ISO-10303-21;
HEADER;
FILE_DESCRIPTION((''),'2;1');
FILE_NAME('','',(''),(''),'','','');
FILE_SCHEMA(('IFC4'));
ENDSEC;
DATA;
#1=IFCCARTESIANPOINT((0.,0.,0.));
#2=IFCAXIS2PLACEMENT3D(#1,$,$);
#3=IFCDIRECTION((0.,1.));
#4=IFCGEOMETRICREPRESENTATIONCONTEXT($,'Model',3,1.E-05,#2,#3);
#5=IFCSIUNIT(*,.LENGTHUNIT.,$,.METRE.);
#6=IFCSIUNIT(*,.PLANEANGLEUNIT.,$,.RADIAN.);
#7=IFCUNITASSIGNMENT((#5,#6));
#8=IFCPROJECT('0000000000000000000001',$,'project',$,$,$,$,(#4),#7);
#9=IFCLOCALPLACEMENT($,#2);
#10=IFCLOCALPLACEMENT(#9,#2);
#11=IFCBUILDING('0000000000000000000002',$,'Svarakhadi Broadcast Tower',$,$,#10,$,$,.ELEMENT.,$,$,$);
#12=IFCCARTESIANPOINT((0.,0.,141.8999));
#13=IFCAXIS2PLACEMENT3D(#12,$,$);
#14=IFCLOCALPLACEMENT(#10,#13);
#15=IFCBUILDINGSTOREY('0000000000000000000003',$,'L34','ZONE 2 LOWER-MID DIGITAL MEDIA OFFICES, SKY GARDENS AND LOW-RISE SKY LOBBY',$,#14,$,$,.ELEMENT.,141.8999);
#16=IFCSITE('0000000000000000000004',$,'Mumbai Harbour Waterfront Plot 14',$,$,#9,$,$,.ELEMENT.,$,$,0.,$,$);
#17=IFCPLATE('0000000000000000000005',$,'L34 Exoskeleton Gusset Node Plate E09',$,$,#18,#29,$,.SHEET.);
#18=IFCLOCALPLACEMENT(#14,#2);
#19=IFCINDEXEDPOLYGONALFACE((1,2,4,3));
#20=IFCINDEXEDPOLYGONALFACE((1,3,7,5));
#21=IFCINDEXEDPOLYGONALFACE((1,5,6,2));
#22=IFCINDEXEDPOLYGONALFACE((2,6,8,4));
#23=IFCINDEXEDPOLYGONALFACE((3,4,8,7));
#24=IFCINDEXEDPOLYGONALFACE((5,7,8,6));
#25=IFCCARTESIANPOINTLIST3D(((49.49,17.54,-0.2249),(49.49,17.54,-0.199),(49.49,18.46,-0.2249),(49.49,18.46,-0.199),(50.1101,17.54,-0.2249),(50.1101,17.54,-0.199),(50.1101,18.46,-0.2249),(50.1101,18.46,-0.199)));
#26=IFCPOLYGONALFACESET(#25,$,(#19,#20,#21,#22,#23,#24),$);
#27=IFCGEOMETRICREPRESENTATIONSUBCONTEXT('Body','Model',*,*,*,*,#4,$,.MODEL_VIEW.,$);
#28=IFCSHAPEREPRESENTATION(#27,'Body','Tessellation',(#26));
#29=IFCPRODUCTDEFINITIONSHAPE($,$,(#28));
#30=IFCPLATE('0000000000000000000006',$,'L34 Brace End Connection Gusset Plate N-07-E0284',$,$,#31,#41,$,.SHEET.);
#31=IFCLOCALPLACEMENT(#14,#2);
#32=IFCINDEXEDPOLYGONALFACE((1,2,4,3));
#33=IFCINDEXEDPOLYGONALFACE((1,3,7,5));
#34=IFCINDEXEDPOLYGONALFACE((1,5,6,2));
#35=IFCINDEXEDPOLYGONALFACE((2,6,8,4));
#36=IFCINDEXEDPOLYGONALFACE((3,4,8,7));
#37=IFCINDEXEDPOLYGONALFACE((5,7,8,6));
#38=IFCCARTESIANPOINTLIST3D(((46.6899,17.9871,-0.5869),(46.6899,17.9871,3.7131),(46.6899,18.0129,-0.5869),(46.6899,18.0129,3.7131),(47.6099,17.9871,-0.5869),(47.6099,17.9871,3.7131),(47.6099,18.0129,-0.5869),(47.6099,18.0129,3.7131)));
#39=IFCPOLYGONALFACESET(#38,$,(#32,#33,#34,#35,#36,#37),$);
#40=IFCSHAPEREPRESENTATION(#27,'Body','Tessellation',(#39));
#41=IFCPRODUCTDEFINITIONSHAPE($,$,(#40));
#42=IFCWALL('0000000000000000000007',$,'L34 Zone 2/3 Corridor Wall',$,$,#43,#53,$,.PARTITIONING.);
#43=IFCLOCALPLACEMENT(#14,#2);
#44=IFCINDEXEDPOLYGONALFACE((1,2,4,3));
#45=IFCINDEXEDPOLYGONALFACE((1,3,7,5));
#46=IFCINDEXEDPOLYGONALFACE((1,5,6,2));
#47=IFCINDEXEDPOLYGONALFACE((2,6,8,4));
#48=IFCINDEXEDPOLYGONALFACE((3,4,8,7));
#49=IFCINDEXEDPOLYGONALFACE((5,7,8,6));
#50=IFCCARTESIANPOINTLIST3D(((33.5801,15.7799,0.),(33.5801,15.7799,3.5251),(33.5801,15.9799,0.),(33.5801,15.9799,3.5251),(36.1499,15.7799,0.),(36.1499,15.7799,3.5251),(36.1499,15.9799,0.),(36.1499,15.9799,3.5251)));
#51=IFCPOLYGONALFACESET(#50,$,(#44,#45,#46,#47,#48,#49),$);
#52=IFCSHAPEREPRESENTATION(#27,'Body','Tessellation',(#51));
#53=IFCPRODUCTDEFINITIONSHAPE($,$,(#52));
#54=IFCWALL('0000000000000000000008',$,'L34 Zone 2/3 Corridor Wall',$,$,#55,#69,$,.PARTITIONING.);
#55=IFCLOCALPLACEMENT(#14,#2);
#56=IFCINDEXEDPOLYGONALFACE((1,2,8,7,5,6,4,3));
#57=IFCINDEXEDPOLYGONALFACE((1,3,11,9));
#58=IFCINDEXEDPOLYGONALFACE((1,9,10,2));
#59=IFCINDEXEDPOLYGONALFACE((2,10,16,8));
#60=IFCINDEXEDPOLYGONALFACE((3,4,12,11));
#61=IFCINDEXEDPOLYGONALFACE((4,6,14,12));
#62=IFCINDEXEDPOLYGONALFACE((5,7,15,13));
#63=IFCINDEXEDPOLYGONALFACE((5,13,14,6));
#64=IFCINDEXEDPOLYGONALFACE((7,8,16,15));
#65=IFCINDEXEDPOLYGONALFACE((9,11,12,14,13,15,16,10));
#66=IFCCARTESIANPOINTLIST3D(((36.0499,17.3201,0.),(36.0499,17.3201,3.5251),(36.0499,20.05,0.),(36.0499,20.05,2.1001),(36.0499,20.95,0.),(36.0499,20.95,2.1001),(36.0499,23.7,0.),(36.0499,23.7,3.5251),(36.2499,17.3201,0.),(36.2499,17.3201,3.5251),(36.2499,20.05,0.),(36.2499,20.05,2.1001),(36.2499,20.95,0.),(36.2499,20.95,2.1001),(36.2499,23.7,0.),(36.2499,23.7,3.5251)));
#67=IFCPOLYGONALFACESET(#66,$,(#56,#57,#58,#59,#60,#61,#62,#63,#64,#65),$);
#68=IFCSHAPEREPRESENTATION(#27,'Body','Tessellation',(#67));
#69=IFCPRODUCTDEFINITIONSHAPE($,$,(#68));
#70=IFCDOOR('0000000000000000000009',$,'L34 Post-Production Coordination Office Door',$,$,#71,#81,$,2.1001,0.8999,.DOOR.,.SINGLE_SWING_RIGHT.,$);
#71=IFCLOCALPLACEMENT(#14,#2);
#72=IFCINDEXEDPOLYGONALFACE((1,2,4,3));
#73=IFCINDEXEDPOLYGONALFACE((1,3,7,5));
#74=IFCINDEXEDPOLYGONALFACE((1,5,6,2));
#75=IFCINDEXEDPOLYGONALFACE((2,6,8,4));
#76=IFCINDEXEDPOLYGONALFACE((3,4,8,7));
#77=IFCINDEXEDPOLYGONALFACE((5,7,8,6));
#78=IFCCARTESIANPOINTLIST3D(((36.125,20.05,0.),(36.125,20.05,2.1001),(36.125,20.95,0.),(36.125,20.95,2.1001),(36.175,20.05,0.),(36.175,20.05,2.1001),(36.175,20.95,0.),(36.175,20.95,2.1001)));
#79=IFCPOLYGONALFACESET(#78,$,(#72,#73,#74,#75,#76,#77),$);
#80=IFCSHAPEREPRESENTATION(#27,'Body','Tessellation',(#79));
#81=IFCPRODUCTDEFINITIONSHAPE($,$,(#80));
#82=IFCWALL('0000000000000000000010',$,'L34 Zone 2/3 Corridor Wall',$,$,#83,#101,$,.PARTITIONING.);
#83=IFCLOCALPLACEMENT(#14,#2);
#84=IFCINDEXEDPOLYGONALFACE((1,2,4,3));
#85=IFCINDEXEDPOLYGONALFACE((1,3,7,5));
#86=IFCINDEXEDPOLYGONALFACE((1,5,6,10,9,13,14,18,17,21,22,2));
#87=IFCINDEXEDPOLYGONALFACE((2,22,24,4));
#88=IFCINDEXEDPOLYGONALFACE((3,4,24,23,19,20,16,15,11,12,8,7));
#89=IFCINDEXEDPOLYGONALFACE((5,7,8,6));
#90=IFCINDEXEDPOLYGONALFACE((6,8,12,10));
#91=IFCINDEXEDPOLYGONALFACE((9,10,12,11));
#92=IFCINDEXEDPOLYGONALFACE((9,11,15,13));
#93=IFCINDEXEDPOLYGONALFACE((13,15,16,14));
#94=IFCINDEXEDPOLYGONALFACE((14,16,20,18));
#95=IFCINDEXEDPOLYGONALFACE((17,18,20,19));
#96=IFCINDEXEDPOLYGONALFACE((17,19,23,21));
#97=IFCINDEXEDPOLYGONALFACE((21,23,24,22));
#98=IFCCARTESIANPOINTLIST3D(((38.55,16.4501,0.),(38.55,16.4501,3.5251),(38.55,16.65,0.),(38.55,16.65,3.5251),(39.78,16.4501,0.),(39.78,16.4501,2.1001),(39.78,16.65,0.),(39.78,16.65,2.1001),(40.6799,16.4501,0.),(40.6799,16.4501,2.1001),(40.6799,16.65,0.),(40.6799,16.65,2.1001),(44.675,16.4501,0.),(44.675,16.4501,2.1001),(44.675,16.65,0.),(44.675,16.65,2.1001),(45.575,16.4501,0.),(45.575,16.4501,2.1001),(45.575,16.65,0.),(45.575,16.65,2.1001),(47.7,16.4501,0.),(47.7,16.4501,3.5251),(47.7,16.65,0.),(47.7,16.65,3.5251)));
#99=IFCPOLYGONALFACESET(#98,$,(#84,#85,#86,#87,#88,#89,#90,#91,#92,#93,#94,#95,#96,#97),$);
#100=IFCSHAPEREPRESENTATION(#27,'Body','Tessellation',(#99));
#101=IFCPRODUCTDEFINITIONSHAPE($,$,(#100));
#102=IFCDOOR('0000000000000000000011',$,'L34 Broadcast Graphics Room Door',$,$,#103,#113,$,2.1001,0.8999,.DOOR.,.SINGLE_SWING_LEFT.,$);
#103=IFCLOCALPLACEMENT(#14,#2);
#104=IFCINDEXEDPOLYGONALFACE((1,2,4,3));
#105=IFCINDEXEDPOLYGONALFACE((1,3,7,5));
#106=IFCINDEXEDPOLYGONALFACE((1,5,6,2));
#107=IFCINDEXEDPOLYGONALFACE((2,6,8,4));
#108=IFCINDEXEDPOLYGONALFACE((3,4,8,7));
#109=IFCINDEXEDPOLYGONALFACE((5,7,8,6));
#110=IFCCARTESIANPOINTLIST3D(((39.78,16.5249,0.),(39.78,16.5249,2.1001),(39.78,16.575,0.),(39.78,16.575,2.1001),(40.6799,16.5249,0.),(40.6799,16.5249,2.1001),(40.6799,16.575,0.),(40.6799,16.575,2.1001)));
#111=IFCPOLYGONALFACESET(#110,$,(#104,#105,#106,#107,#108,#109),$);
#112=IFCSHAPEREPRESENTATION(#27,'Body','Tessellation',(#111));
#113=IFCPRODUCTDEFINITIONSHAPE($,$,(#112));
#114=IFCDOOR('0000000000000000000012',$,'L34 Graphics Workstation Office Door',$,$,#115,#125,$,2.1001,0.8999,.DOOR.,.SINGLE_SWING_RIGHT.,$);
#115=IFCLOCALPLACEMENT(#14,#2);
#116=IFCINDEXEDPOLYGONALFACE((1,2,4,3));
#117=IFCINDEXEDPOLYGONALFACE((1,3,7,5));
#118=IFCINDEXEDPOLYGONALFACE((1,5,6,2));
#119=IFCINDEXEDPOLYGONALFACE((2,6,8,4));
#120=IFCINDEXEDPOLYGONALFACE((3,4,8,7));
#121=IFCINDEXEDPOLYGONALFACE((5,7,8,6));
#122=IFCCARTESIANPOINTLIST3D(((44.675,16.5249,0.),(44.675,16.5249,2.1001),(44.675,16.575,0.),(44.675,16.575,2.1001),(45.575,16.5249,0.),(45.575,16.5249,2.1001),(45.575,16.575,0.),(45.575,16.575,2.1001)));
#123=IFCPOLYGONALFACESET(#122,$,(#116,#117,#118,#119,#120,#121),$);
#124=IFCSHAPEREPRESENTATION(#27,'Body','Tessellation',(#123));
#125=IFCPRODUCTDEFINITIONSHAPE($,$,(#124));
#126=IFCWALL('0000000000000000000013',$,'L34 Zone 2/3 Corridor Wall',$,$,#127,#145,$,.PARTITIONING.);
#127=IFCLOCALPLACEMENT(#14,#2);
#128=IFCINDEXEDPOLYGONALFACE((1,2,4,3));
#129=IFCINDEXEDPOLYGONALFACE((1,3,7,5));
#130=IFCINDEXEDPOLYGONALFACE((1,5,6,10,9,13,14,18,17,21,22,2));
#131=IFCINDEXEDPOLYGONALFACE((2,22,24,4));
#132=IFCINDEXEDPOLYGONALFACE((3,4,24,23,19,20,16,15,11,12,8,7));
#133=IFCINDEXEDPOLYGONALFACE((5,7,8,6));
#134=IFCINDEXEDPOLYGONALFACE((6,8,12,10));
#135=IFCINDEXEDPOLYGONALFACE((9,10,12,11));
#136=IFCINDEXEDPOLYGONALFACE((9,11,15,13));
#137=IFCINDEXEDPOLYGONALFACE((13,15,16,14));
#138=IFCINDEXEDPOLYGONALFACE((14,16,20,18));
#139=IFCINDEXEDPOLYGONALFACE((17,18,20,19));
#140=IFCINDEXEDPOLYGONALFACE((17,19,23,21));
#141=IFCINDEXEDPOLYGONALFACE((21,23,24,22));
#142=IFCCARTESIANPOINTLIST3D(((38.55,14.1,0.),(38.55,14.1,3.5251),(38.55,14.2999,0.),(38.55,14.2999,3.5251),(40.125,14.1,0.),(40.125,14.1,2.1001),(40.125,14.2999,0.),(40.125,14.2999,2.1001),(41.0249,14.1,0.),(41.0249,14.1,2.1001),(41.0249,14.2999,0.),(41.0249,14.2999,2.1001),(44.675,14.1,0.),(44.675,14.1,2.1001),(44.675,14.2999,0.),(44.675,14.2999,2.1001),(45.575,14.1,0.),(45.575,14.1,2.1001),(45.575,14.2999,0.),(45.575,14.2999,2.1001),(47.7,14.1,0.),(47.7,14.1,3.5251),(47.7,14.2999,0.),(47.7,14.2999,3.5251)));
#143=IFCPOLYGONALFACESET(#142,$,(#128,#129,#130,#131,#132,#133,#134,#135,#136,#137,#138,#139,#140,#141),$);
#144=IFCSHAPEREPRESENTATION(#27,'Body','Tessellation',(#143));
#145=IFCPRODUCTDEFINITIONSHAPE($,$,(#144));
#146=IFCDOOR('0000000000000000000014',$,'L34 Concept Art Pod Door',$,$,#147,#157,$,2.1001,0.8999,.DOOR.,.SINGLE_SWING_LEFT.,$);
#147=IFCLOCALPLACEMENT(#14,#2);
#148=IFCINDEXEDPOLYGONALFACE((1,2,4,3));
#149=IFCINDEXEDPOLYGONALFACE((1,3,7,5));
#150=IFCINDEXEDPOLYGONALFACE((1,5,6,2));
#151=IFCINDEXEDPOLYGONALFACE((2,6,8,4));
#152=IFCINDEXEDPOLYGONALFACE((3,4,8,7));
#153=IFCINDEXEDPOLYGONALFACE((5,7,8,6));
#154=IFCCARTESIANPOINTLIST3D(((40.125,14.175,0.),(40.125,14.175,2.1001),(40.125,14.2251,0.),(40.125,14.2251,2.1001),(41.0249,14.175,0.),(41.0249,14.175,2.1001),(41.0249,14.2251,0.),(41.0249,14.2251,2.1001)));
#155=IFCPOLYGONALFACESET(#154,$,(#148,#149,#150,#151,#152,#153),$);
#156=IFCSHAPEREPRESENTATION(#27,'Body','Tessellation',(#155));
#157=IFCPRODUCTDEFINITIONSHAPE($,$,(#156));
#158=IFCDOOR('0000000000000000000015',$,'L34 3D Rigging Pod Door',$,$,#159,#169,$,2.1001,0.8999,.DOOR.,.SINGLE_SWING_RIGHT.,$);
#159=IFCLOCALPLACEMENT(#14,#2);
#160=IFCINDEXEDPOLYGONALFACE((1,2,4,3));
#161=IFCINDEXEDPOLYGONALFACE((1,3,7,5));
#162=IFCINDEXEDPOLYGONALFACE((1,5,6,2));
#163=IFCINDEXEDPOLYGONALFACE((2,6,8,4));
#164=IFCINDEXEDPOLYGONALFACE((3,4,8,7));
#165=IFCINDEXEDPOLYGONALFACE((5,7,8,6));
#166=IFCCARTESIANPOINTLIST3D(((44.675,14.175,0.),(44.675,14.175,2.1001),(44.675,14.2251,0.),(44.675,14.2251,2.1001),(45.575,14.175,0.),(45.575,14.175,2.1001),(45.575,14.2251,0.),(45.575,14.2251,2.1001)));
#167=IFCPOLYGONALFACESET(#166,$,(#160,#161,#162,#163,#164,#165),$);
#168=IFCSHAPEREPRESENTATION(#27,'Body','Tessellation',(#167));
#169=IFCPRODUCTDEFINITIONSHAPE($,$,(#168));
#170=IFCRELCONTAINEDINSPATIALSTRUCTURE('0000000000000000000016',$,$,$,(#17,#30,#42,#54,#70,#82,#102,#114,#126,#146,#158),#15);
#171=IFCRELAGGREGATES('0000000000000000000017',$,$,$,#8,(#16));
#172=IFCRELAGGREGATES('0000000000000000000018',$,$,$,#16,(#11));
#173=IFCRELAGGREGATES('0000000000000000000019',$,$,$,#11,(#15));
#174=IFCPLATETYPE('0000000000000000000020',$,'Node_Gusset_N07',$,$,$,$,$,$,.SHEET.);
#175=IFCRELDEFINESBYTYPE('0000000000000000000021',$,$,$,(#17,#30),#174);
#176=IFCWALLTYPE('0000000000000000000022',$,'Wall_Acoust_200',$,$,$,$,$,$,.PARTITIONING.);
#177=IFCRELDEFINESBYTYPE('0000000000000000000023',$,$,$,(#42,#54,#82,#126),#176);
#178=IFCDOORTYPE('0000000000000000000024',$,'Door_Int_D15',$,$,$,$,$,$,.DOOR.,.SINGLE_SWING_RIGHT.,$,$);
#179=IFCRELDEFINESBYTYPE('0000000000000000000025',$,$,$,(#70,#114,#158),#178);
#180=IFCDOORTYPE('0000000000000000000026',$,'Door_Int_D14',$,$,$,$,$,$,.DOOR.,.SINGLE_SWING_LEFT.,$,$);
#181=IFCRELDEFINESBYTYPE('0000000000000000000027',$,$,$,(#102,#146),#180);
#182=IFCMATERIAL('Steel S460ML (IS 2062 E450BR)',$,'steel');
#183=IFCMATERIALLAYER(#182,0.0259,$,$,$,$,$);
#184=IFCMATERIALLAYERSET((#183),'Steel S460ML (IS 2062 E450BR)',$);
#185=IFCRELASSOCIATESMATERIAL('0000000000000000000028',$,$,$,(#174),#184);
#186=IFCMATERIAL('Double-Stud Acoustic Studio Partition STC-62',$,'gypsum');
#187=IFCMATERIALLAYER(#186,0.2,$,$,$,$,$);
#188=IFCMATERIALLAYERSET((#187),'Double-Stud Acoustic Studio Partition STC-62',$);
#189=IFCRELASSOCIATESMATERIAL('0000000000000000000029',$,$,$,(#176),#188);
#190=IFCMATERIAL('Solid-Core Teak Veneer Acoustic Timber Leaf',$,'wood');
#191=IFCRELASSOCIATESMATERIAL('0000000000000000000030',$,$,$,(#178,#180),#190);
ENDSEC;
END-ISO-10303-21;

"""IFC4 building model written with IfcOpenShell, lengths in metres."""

from ifc_helpers import new_model, si_unit, direction, frame, frame_2d, origin, origin_2d, place, context, subcontext, project, spatial, rectangle, extrude, material, layer, layer_set, type_object, element, fill, save


model = new_model("IFC4")

# Units and contexts
model_context = context("Model", 3, precision=1e-05, world=origin(), true_north=direction((0.0, 1.0)))
body_context = subcontext(model_context, "Body", "Model", "MODEL_VIEW")
ifc_project = project(units=[si_unit("LENGTHUNIT", "METRE"), si_unit("PLANEANGLEUNIT", "RADIAN")], contexts=[model_context])

# Site, building, storey
site_placement = place(None, origin())
site = spatial("IfcSite", under=ifc_project, at=site_placement, Name="Mumbai Harbour Waterfront Plot 14", CompositionType="ELEMENT", RefElevation=0.0)
building_placement = place(site_placement, origin())
building = spatial("IfcBuilding", under=site, at=building_placement, Name="Svarakhadi Broadcast Tower", CompositionType="ELEMENT")
storey_placement = place(building_placement, frame((0.0, 0.0, 141.8999)))
storey = spatial("IfcBuildingStorey", under=building, at=storey_placement, Name="L34", Description="ZONE 2 LOWER-MID DIGITAL MEDIA OFFICES, SKY GARDENS AND LOW-RISE SKY LOBBY", CompositionType="ELEMENT", Elevation=141.8999)

# Shared definitions
ifc_material_1 = material(Name="Steel S460ML (IS 2062 E450BR)", Category="steel")

# Plates
ifc_layer_1 = layer(ifc_material_1, 0.0259)
ifc_layer_set_1 = layer_set([ifc_layer_1], Name="Steel S460ML (IS 2062 E450BR)")
plate_type_1 = type_object("IfcPlateType", Name="Node_Gusset_N07", PredefinedType="SHEET", material=ifc_layer_set_1)
plate_1_placement = place(storey_placement, frame((49.8, 18.0, -0.2249), z_axis=(0.0, 0.0, 1.0), x_axis=(0.0, 1.0, 0.0)))
element("IfcPlate", 1, at=plate_1_placement, inside=storey, type_object=plate_type_1, Name="L34 Exoskeleton Gusset Node Plate E09", PredefinedType="SHEET", context=body_context, shape_type="SweptSolid", body=[
    extrude(rectangle(XDim=0.9199, YDim=0.6201, at=origin_2d()), origin(), (0.0, 0.0, 1.0), 0.0259),
])
plate_2_placement = place(storey_placement, frame((47.1499, 18.0, -0.5869), z_axis=(0.0, 0.0, 1.0), x_axis=(1.0, 0.0, 0.0)))
element("IfcPlate", 2, at=plate_2_placement, inside=storey, type_object=plate_type_1, Name="L34 Brace End Connection Gusset Plate N-07-E0284", PredefinedType="SHEET", context=body_context, shape_type="SweptSolid", body=[
    extrude(rectangle(XDim=0.9199, YDim=0.0259, at=origin_2d()), origin(), (0.0, 0.0, 1.0), 4.3),
])

# Wall
ifc_material_2 = material(Name="Double-Stud Acoustic Studio Partition STC-62", Category="gypsum")
ifc_layer_2 = layer(ifc_material_2, 0.2)
ifc_layer_set_2 = layer_set([ifc_layer_2], Name="Double-Stud Acoustic Studio Partition STC-62")
wall_type_1 = type_object("IfcWallType", Name="Wall_Acoust_200", PredefinedType="PARTITIONING", material=ifc_layer_set_2)
wall_1_placement = place(storey_placement, frame((36.1499, 15.8799, 0.0), z_axis=(0.0, 0.0, 1.0), x_axis=(-1.0, 0.0, 0.0)))
element("IfcWall", 3, at=wall_1_placement, inside=storey, type_object=wall_type_1, Name="L34 Zone 2/3 Corridor Wall", PredefinedType="PARTITIONING", context=body_context, shape_type="SweptSolid", body=[
    extrude(rectangle(XDim=2.5698, YDim=0.2, at=frame_2d((1.2849, 0.0))), origin(), (0.0, 0.0, 1.0), 3.5251),
])

# Wall, opening, door
wall_2_placement = place(storey_placement, frame((36.1499, 17.3201, 0.0), z_axis=(0.0, 0.0, 1.0), x_axis=(0.0, 1.0, 0.0)))
wall_2 = element("IfcWall", 4, at=wall_2_placement, inside=storey, type_object=wall_type_1, Name="L34 Zone 2/3 Corridor Wall", PredefinedType="PARTITIONING", context=body_context, shape_type="SweptSolid", body=[
    extrude(rectangle(XDim=6.3799, YDim=0.2, at=frame_2d((3.1899, 0.0))), origin(), (0.0, 0.0, 1.0), 3.5251),
])
opening_1_placement = place(wall_2_placement, frame((2.73, 0.0, 0.0)))
opening_1 = element("IfcOpeningElement", 5, at=opening_1_placement, cuts=wall_2, PredefinedType="OPENING", context=body_context, shape_type="SweptSolid", body=[
    extrude(rectangle(XDim=0.8999, YDim=2.1001, at=frame_2d((0.45, 1.05))), frame((0.0, 0.1099, 0.0), z_axis=(0.0, -1.0, 0.0), x_axis=(1.0, 0.0, 0.0)), (0.0, 0.0, 1.0), 0.22),
])
ifc_material_3 = material(Name="Solid-Core Teak Veneer Acoustic Timber Leaf", Category="wood")
door_type_1 = type_object("IfcDoorType", Name="Door_Int_D15", OperationType="SINGLE_SWING_RIGHT", PredefinedType="DOOR", material=ifc_material_3)
door_1_placement = place(opening_1_placement, origin())
door_1 = element("IfcDoor", 6, at=door_1_placement, inside=storey, type_object=door_type_1, Name="L34 Post-Production Coordination Office Door", OperationType="SINGLE_SWING_RIGHT", OverallHeight=2.1001, OverallWidth=0.8999, PredefinedType="DOOR", context=body_context, shape_type="SweptSolid", body=[
    extrude(rectangle(XDim=0.8999, YDim=2.1001, at=frame_2d((0.45, 1.05))), frame((0.0, 0.0249, 0.0), z_axis=(0.0, -1.0, 0.0), x_axis=(1.0, 0.0, 0.0)), (0.0, 0.0, 1.0), 0.05),
])
fill(opening_1, door_1)

# Walls, openings, doors
wall_3_placement = place(storey_placement, frame((38.55, 16.55, 0.0), z_axis=(0.0, 0.0, 1.0), x_axis=(1.0, 0.0, 0.0)))
wall_3 = element("IfcWall", 7, at=wall_3_placement, inside=storey, type_object=wall_type_1, Name="L34 Zone 2/3 Corridor Wall", PredefinedType="PARTITIONING", context=body_context, shape_type="SweptSolid", body=[
    extrude(rectangle(XDim=9.1499, YDim=0.2, at=frame_2d((4.575, 0.0))), origin(), (0.0, 0.0, 1.0), 3.5251),
])
opening_2_placement = place(wall_3_placement, frame((1.23, 0.0, 0.0)))
opening_2 = element("IfcOpeningElement", 8, at=opening_2_placement, cuts=wall_3, PredefinedType="OPENING", context=body_context, shape_type="SweptSolid", body=[
    extrude(rectangle(XDim=0.8999, YDim=2.1001, at=frame_2d((0.45, 1.05))), frame((0.0, 0.1099, 0.0), z_axis=(0.0, -1.0, 0.0), x_axis=(1.0, 0.0, 0.0)), (0.0, 0.0, 1.0), 0.22),
])
opening_3_placement = place(wall_3_placement, frame((6.125, 0.0, 0.0)))
opening_3 = element("IfcOpeningElement", 9, at=opening_3_placement, cuts=wall_3, PredefinedType="OPENING", context=body_context, shape_type="SweptSolid", body=[
    extrude(rectangle(XDim=0.8999, YDim=2.1001, at=frame_2d((0.45, 1.05))), frame((0.0, 0.1099, 0.0), z_axis=(0.0, -1.0, 0.0), x_axis=(1.0, 0.0, 0.0)), (0.0, 0.0, 1.0), 0.22),
])
door_type_2 = type_object("IfcDoorType", Name="Door_Int_D14", OperationType="SINGLE_SWING_LEFT", PredefinedType="DOOR", material=ifc_material_3)
door_2_placement = place(opening_2_placement, origin())
door_2 = element("IfcDoor", 10, at=door_2_placement, inside=storey, type_object=door_type_2, Name="L34 Broadcast Graphics Room Door", OperationType="SINGLE_SWING_LEFT", OverallHeight=2.1001, OverallWidth=0.8999, PredefinedType="DOOR", context=body_context, shape_type="SweptSolid", body=[
    extrude(rectangle(XDim=0.8999, YDim=2.1001, at=frame_2d((0.45, 1.05))), frame((0.0, 0.0249, 0.0), z_axis=(0.0, -1.0, 0.0), x_axis=(1.0, 0.0, 0.0)), (0.0, 0.0, 1.0), 0.05),
])
fill(opening_2, door_2)
door_3_placement = place(opening_3_placement, origin())
door_3 = element("IfcDoor", 11, at=door_3_placement, inside=storey, type_object=door_type_1, Name="L34 Graphics Workstation Office Door", OperationType="SINGLE_SWING_RIGHT", OverallHeight=2.1001, OverallWidth=0.8999, PredefinedType="DOOR", context=body_context, shape_type="SweptSolid", body=[
    extrude(rectangle(XDim=0.8999, YDim=2.1001, at=frame_2d((0.45, 1.05))), frame((0.0, 0.0249, 0.0), z_axis=(0.0, -1.0, 0.0), x_axis=(1.0, 0.0, 0.0)), (0.0, 0.0, 1.0), 0.05),
])
fill(opening_3, door_3)
wall_4_placement = place(storey_placement, frame((47.7, 14.2, 0.0), z_axis=(0.0, 0.0, 1.0), x_axis=(-1.0, 0.0, 0.0)))
wall_4 = element("IfcWall", 12, at=wall_4_placement, inside=storey, type_object=wall_type_1, Name="L34 Zone 2/3 Corridor Wall", PredefinedType="PARTITIONING", context=body_context, shape_type="SweptSolid", body=[
    extrude(rectangle(XDim=9.1499, YDim=0.2, at=frame_2d((4.575, 0.0))), origin(), (0.0, 0.0, 1.0), 3.5251),
])
opening_4_placement = place(wall_4_placement, frame((6.675, 0.0, 0.0)))
opening_4 = element("IfcOpeningElement", 13, at=opening_4_placement, cuts=wall_4, PredefinedType="OPENING", context=body_context, shape_type="SweptSolid", body=[
    extrude(rectangle(XDim=0.8999, YDim=2.1001, at=frame_2d((0.45, 1.05))), frame((0.0, 0.1099, 0.0), z_axis=(0.0, -1.0, 0.0), x_axis=(1.0, 0.0, 0.0)), (0.0, 0.0, 1.0), 0.22),
])
opening_5_placement = place(wall_4_placement, frame((2.125, 0.0, 0.0)))
opening_5 = element("IfcOpeningElement", 14, at=opening_5_placement, cuts=wall_4, PredefinedType="OPENING", context=body_context, shape_type="SweptSolid", body=[
    extrude(rectangle(XDim=0.8999, YDim=2.1001, at=frame_2d((0.45, 1.05))), frame((0.0, 0.1099, 0.0), z_axis=(0.0, -1.0, 0.0), x_axis=(1.0, 0.0, 0.0)), (0.0, 0.0, 1.0), 0.22),
])
door_4_placement = place(opening_4_placement, origin())
door_4 = element("IfcDoor", 15, at=door_4_placement, inside=storey, type_object=door_type_2, Name="L34 Concept Art Pod Door", OperationType="SINGLE_SWING_LEFT", OverallHeight=2.1001, OverallWidth=0.8999, PredefinedType="DOOR", context=body_context, shape_type="SweptSolid", body=[
    extrude(rectangle(XDim=0.8999, YDim=2.1001, at=frame_2d((0.45, 1.05))), frame((0.0, 0.0249, 0.0), z_axis=(0.0, -1.0, 0.0), x_axis=(1.0, 0.0, 0.0)), (0.0, 0.0, 1.0), 0.05),
])
fill(opening_4, door_4)
door_5_placement = place(opening_5_placement, origin())
door_5 = element("IfcDoor", 16, at=door_5_placement, inside=storey, type_object=door_type_1, Name="L34 3D Rigging Pod Door", OperationType="SINGLE_SWING_RIGHT", OverallHeight=2.1001, OverallWidth=0.8999, PredefinedType="DOOR", context=body_context, shape_type="SweptSolid", body=[
    extrude(rectangle(XDim=0.8999, YDim=2.1001, at=frame_2d((0.45, 1.05))), frame((0.0, 0.0249, 0.0), z_axis=(0.0, -1.0, 0.0), x_axis=(1.0, 0.0, 0.0)), (0.0, 0.0, 1.0), 0.05),
])
fill(opening_5, door_5)

save(model, "model.ifc")
